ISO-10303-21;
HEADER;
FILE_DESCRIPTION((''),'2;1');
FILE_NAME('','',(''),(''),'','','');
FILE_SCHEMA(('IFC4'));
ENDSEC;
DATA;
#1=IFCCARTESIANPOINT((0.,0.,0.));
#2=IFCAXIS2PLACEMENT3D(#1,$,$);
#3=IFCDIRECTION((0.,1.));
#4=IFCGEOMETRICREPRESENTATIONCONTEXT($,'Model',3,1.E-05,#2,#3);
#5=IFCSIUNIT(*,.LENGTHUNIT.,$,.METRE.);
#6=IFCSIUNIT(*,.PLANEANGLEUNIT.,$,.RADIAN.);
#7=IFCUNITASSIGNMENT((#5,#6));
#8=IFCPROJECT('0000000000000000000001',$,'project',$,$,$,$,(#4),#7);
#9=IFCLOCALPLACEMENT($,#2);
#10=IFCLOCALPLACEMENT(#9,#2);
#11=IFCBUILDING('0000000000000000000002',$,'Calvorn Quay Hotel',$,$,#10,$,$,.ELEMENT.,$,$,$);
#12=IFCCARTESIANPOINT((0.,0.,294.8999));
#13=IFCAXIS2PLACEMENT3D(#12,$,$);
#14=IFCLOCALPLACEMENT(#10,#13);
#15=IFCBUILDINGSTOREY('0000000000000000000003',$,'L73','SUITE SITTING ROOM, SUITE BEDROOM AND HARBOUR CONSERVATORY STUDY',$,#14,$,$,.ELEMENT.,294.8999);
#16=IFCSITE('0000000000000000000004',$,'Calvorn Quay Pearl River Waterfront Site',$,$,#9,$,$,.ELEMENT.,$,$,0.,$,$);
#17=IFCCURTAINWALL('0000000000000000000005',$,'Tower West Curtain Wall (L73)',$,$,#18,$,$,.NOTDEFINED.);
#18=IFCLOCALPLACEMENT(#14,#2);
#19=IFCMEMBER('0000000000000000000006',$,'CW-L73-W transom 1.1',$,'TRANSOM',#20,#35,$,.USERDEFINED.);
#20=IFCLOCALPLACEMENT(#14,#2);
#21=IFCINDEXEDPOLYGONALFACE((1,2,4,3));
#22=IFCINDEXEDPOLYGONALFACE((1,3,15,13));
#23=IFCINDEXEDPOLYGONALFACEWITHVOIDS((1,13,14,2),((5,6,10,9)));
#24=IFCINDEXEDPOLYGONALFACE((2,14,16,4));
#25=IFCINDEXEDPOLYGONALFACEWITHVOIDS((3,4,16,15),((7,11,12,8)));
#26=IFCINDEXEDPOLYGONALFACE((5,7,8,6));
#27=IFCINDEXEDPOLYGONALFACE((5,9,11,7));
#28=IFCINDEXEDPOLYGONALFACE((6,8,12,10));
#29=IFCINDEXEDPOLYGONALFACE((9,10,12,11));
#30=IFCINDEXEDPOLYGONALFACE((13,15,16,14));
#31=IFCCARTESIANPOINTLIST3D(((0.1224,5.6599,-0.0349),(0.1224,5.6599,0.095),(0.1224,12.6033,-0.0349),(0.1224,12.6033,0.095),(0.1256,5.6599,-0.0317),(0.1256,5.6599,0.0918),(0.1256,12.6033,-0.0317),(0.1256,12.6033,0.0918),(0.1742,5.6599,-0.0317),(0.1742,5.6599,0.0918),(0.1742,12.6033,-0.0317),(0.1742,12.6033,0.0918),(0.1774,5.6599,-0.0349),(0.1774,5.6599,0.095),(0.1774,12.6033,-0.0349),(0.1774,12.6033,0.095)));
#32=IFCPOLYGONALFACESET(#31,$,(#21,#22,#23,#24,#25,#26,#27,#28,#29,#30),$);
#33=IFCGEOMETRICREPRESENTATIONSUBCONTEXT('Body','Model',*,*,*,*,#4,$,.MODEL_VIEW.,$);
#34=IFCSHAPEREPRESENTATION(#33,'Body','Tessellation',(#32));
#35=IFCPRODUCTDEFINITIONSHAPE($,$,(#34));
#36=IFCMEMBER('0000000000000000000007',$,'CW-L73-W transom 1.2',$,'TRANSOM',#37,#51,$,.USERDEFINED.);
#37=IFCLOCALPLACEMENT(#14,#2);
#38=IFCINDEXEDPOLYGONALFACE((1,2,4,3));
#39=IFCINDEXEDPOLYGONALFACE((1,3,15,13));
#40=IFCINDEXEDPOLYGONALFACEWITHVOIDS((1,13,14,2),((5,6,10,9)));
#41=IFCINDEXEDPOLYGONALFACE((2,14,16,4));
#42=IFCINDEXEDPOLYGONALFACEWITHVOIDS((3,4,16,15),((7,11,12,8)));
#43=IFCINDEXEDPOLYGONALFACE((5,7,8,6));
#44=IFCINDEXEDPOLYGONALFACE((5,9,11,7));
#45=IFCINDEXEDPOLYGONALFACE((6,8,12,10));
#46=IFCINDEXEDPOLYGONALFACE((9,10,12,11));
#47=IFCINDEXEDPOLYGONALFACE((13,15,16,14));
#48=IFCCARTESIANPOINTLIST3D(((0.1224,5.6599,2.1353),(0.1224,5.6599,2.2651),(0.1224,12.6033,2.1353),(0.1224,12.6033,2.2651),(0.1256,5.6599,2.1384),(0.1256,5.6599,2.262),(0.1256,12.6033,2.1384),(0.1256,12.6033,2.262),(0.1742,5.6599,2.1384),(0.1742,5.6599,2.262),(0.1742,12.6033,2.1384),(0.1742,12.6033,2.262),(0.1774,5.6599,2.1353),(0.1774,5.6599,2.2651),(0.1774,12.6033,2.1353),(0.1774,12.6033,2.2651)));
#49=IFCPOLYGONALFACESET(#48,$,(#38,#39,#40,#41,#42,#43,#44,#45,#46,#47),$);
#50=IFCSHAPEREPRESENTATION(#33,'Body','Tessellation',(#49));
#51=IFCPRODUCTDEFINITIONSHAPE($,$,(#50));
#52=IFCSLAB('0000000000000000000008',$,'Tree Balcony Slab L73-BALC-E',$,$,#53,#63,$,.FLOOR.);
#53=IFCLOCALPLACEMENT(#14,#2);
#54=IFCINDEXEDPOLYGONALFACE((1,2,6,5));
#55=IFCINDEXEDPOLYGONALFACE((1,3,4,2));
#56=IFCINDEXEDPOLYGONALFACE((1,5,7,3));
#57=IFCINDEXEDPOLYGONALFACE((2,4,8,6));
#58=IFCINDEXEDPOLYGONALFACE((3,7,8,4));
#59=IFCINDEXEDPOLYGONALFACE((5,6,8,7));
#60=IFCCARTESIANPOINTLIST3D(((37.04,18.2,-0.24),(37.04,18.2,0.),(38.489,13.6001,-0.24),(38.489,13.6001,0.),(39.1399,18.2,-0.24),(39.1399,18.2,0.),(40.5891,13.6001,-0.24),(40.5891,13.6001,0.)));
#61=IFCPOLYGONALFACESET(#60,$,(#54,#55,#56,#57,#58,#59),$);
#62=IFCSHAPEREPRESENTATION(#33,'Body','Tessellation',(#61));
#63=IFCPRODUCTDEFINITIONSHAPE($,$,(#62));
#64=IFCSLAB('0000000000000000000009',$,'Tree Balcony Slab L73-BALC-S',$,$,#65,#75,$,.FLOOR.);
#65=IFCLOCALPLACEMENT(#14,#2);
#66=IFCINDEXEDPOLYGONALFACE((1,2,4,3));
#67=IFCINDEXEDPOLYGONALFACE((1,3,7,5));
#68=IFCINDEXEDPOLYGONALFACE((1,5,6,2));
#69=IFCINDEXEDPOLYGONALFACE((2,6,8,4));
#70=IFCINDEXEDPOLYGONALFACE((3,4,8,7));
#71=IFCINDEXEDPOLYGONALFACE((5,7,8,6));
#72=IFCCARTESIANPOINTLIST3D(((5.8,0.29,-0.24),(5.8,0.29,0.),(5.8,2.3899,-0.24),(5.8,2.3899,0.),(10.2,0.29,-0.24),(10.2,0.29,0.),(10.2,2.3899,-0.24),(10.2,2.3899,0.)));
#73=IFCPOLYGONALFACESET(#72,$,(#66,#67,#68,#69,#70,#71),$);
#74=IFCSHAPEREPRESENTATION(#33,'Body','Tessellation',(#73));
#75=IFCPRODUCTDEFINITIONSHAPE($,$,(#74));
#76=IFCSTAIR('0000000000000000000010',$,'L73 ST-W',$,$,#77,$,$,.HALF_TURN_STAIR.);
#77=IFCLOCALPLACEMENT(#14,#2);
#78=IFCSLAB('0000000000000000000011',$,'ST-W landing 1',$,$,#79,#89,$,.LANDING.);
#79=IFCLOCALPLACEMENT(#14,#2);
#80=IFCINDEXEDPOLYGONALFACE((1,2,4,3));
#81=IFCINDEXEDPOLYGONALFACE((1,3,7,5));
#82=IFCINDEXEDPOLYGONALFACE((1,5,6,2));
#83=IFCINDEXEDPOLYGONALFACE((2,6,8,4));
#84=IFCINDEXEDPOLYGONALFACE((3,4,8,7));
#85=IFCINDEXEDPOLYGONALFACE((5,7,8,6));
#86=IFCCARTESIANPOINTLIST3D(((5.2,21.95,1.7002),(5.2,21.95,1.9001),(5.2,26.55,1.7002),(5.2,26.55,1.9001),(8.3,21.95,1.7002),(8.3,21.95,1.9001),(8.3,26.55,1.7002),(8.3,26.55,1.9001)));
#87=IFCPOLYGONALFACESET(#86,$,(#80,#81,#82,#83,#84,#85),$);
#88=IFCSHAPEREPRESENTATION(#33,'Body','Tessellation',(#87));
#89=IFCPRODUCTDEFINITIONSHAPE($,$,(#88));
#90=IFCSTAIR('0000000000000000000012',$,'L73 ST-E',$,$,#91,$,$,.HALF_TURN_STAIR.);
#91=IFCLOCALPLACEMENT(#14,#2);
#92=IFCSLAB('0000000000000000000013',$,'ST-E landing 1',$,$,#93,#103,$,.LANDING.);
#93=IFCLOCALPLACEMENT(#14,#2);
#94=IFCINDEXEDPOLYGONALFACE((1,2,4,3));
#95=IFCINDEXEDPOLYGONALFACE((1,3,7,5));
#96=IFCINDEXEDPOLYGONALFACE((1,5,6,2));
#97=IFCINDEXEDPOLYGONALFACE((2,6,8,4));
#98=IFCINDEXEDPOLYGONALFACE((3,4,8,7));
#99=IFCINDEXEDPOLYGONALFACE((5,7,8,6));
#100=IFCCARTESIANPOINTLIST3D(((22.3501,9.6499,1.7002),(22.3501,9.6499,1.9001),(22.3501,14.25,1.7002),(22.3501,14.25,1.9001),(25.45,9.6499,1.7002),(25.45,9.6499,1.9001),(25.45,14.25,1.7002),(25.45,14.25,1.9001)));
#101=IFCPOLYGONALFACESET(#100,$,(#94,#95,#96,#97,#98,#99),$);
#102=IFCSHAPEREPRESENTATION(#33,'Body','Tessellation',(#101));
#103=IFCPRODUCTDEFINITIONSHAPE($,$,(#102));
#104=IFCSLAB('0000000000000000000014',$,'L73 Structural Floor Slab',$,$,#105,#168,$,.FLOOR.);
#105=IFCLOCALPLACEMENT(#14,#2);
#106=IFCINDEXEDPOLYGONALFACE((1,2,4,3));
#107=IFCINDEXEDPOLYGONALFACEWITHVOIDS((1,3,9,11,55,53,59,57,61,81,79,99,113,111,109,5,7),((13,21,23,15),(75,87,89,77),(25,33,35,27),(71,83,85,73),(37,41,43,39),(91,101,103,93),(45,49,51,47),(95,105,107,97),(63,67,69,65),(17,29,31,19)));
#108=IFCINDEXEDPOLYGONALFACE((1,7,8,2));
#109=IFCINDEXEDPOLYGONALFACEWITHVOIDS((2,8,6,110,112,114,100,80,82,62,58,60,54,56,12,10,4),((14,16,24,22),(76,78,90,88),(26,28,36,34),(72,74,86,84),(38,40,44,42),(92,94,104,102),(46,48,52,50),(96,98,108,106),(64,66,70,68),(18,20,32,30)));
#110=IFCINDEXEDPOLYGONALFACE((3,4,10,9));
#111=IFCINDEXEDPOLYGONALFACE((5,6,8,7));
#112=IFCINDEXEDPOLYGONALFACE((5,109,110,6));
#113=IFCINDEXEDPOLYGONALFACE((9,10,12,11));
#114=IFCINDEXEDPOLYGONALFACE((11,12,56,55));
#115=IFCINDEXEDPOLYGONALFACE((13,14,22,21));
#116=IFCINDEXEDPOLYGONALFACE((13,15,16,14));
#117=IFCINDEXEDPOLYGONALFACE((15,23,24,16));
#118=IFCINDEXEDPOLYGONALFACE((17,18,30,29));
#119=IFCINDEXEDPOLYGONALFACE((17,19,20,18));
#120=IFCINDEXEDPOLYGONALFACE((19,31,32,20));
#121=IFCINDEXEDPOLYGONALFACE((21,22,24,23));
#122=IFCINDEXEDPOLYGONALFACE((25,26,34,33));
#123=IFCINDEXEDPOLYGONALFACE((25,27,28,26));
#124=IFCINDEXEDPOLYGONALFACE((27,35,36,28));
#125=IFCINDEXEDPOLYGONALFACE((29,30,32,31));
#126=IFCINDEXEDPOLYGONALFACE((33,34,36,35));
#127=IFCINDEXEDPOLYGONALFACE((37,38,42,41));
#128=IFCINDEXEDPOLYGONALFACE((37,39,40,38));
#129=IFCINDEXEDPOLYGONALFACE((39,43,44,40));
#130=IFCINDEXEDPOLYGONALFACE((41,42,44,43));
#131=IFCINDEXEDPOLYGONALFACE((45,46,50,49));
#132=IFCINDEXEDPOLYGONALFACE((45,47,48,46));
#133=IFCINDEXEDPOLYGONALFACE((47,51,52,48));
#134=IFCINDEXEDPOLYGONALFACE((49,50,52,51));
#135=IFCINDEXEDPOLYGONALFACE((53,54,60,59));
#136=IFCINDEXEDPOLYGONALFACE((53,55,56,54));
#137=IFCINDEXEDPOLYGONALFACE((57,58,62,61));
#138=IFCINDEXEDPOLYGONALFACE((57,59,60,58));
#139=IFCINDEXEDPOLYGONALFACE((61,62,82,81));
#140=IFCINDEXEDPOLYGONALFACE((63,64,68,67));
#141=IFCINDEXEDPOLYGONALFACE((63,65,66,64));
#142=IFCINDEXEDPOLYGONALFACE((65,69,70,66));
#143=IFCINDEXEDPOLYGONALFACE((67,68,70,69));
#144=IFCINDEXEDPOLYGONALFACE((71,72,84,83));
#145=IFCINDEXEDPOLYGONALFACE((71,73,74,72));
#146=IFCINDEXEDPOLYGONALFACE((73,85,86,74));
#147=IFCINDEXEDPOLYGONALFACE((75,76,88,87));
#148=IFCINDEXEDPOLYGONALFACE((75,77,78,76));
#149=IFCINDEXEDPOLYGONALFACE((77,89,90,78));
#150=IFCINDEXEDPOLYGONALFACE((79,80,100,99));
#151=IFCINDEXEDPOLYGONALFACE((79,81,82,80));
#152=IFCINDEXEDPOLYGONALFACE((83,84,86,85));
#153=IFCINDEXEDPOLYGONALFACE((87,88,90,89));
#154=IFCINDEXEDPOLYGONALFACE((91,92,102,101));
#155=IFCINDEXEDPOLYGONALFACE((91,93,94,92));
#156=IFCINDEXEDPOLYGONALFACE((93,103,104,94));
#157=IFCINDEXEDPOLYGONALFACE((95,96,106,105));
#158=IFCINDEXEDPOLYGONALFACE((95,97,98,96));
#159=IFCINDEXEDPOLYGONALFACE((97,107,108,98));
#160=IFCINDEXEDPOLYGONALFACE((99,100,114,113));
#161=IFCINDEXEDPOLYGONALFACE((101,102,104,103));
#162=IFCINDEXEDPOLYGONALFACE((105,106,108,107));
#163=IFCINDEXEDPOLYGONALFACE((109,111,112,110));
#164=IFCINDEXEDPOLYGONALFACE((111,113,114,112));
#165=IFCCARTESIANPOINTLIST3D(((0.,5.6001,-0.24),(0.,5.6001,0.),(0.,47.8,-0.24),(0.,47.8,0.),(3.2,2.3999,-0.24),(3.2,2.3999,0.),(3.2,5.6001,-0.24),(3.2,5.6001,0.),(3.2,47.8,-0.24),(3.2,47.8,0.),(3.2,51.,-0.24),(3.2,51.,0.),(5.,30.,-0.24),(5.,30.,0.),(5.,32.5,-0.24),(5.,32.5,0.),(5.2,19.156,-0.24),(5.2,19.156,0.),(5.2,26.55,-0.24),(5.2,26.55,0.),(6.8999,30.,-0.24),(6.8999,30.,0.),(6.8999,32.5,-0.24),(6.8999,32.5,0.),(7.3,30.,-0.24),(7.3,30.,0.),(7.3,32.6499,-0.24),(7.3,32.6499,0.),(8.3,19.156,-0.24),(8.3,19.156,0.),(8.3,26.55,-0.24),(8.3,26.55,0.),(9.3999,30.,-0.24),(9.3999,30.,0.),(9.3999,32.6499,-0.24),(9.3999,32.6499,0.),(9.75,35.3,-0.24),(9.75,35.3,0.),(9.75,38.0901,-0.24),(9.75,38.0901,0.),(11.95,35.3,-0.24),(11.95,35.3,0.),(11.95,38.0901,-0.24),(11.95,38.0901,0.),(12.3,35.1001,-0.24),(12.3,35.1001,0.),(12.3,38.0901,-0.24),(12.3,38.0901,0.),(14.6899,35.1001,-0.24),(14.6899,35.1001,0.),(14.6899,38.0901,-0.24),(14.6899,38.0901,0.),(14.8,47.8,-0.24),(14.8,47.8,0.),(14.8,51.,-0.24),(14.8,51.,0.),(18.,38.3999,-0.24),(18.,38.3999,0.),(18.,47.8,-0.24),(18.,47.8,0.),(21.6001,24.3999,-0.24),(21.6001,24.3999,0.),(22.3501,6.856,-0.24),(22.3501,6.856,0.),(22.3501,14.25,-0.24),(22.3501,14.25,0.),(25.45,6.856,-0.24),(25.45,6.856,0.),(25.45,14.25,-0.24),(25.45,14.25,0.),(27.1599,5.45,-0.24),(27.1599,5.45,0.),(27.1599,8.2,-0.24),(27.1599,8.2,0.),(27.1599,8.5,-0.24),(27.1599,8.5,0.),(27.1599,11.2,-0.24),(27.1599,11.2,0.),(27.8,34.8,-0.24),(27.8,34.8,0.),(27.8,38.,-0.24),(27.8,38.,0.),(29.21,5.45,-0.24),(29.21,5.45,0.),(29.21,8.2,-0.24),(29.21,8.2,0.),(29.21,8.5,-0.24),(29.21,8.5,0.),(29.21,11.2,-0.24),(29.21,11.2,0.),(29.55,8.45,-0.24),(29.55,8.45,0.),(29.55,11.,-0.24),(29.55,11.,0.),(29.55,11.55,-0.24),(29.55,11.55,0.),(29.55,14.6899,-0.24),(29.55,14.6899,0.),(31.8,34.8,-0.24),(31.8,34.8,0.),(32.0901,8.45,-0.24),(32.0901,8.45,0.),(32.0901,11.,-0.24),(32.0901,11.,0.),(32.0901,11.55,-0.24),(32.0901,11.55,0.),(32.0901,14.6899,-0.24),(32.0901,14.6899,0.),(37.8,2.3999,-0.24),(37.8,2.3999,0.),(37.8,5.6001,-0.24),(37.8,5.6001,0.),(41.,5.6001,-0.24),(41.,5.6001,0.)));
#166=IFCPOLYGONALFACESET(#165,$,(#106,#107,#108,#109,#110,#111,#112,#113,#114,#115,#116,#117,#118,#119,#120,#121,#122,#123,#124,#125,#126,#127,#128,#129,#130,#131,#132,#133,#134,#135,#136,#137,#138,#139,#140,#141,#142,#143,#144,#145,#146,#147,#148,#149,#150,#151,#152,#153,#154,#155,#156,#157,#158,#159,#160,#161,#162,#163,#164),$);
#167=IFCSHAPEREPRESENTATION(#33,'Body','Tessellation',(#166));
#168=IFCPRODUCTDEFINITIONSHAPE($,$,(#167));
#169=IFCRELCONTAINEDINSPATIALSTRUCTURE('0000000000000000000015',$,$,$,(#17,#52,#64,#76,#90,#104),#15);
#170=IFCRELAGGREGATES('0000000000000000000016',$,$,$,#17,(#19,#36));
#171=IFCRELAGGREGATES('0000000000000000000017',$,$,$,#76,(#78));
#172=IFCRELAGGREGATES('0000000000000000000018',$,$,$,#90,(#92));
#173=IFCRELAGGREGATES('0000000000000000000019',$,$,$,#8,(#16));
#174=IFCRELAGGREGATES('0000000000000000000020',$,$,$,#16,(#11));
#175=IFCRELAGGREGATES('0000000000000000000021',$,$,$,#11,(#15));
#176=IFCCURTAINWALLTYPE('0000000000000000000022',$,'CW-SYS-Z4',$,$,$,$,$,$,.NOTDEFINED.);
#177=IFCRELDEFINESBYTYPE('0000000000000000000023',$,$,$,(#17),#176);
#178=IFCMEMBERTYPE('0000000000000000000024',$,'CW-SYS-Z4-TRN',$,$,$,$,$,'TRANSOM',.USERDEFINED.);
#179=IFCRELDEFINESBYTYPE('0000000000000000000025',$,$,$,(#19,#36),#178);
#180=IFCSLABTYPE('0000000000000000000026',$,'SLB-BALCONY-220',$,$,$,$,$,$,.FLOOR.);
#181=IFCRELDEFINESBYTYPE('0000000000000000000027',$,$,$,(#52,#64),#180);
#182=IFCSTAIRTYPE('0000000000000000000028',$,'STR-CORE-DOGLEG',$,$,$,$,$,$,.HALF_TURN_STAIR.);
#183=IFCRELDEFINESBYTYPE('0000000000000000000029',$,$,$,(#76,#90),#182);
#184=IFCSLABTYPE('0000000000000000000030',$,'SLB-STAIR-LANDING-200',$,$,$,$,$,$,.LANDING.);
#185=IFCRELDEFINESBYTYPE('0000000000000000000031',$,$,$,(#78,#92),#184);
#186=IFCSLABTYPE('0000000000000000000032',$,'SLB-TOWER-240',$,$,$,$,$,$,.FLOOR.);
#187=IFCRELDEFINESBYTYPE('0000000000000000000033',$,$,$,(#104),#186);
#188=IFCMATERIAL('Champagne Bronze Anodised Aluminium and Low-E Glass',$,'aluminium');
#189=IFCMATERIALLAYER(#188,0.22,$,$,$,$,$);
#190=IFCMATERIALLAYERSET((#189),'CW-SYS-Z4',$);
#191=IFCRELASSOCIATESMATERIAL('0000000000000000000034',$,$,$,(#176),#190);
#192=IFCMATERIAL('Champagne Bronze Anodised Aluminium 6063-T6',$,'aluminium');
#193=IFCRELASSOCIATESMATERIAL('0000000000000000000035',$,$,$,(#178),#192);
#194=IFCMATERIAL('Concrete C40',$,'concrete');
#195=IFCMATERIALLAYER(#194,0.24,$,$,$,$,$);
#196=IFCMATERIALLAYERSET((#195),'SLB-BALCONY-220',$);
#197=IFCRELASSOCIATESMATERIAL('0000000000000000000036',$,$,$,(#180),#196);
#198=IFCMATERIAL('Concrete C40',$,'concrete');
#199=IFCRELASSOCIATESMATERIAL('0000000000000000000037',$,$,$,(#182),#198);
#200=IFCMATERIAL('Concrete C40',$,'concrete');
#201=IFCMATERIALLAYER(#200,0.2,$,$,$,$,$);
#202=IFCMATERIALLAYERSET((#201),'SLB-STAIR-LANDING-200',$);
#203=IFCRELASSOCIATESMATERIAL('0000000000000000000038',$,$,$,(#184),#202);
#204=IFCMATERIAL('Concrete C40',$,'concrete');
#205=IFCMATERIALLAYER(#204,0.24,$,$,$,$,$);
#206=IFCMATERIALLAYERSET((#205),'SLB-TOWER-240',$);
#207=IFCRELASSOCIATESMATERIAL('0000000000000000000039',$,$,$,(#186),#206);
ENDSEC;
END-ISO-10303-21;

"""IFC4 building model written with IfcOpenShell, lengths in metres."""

from ifc_helpers import new_model, si_unit, direction, frame, origin, origin_2d, place, context, subcontext, project, spatial, polyline, hollow_rectangle, outline, extrude, material, layer, layer_set, material_profile, profile_set, type_object, element, aggregate, save


model = new_model("IFC4")

# Units and contexts
model_context = context("Model", 3, precision=1e-05, world=origin(), true_north=direction((0.0, 1.0)))
body_context = subcontext(model_context, "Body", "Model", "MODEL_VIEW")
ifc_project = project(units=[si_unit("LENGTHUNIT", "METRE"), si_unit("PLANEANGLEUNIT", "RADIAN")], contexts=[model_context])

# Site, building, storey
site_placement = place(None, origin())
site = spatial("IfcSite", under=ifc_project, at=site_placement, Name="Calvorn Quay Pearl River Waterfront Site", CompositionType="ELEMENT", RefElevation=0.0)
building_placement = place(site_placement, origin())
building = spatial("IfcBuilding", under=site, at=building_placement, Name="Calvorn Quay Hotel", CompositionType="ELEMENT")
storey_placement = place(building_placement, frame((0.0, 0.0, 294.8999)))
storey = spatial("IfcBuildingStorey", under=building, at=storey_placement, Name="L73", Description="SUITE SITTING ROOM, SUITE BEDROOM AND HARBOUR CONSERVATORY STUDY", CompositionType="ELEMENT", Elevation=294.8999)

# Curtain wall, members
ifc_material_1 = material(Name="Champagne Bronze Anodised Aluminium and Low-E Glass", Category="aluminium")
ifc_layer_1 = layer(ifc_material_1, 0.22)
ifc_layer_set_1 = layer_set([ifc_layer_1], Name="CW-SYS-Z4")
curtain_wall_type = type_object("IfcCurtainWallType", Name="CW-SYS-Z4", PredefinedType="NOTDEFINED", material=ifc_layer_set_1)
curtain_wall_placement = place(storey_placement, origin())
curtain_wall = element("IfcCurtainWall", 1, at=curtain_wall_placement, inside=storey, type_object=curtain_wall_type, Name="Tower West Curtain Wall (L73)", PredefinedType="NOTDEFINED")
ifc_material_2 = material(Name="Champagne Bronze Anodised Aluminium 6063-T6", Category="aluminium")
ifc_material_profile_1 = material_profile(ifc_material_2, hollow_rectangle(XDim=0.0549, YDim=0.1299, WallThickness=0.0032, at=origin_2d()), Name="ALU-T130x55x3.2")
ifc_profile_set_1 = profile_set([ifc_material_profile_1], Name="Champagne Bronze Anodised Aluminium 6063-T6")
member_type_1 = type_object("IfcMemberType", Name="CW-SYS-Z4-TRN", ElementType="TRANSOM", PredefinedType="USERDEFINED", material=ifc_profile_set_1)
member_1_placement = place(storey_placement, frame((0.1499, 5.6599, 0.03), z_axis=(0.0, 1.0, 0.0), x_axis=(-1.0, 0.0, 0.0)))
member_1 = element("IfcMember", 2, at=member_1_placement, type_object=member_type_1, Name="CW-L73-W transom 1.1", ObjectType="TRANSOM", PredefinedType="USERDEFINED", context=body_context, shape_type="SweptSolid", body=[
    extrude(hollow_rectangle(XDim=0.0549, YDim=0.1299, WallThickness=0.0032, at=origin_2d()), origin(), (0.0, 0.0, 1.0), 6.9434),
])
member_2_placement = place(storey_placement, frame((0.1499, 5.6599, 2.2002), z_axis=(0.0, 1.0, 0.0), x_axis=(-1.0, 0.0, 0.0)))
member_2 = element("IfcMember", 3, at=member_2_placement, type_object=member_type_1, Name="CW-L73-W transom 1.2", ObjectType="TRANSOM", PredefinedType="USERDEFINED", context=body_context, shape_type="SweptSolid", body=[
    extrude(hollow_rectangle(XDim=0.0549, YDim=0.1299, WallThickness=0.0032, at=origin_2d()), origin(), (0.0, 0.0, 1.0), 6.9434),
])
aggregate(curtain_wall, [member_1, member_2])

# Slabs
ifc_material_3 = material(Name="Concrete C40", Category="concrete")
ifc_layer_2 = layer(ifc_material_3, 0.24)
ifc_layer_set_2 = layer_set([ifc_layer_2], Name="SLB-BALCONY-220")
slab_type_1 = type_object("IfcSlabType", Name="SLB-BALCONY-220", PredefinedType="FLOOR", material=ifc_layer_set_2)
slab_1_placement = place(storey_placement, frame((0.0, 0.0, -0.24)))
element("IfcSlab", 4, at=slab_1_placement, inside=storey, type_object=slab_type_1, Name="Tree Balcony Slab L73-BALC-E", PredefinedType="FLOOR", context=body_context, shape_type="SweptSolid", body=[
    extrude(outline(polyline([(38.489, 13.6001), (40.5891, 13.6001), (39.1399, 18.2), (37.04, 18.2), (38.489, 13.6001)])), origin(), (0.0, 0.0, 1.0), 0.24),
])
slab_2_placement = place(storey_placement, frame((0.0, 0.0, -0.24)))
element("IfcSlab", 5, at=slab_2_placement, inside=storey, type_object=slab_type_1, Name="Tree Balcony Slab L73-BALC-S", PredefinedType="FLOOR", context=body_context, shape_type="SweptSolid", body=[
    extrude(outline(polyline([(5.8, 0.29), (10.2, 0.29), (10.2, 2.3899), (5.8, 2.3899), (5.8, 0.29)])), origin(), (0.0, 0.0, 1.0), 0.24),
])

# Stairs, slabs
ifc_material_4 = material(Name="Concrete C40", Category="concrete")
stair_type = type_object("IfcStairType", Name="STR-CORE-DOGLEG", PredefinedType="HALF_TURN_STAIR", material=ifc_material_4)
stair_1_placement = place(storey_placement, origin())
stair_1 = element("IfcStair", 6, at=stair_1_placement, inside=storey, type_object=stair_type, Name="L73 ST-W", PredefinedType="HALF_TURN_STAIR")
ifc_material_5 = material(Name="Concrete C40", Category="concrete")
ifc_layer_3 = layer(ifc_material_5, 0.2)
ifc_layer_set_3 = layer_set([ifc_layer_3], Name="SLB-STAIR-LANDING-200")
slab_type_2 = type_object("IfcSlabType", Name="SLB-STAIR-LANDING-200", PredefinedType="LANDING", material=ifc_layer_set_3)
slab_3_placement = place(storey_placement, frame((0.0, 0.0, 1.7002)))
slab_3 = element("IfcSlab", 7, at=slab_3_placement, type_object=slab_type_2, Name="ST-W landing 1", PredefinedType="LANDING", context=body_context, shape_type="SweptSolid", body=[
    extrude(outline(polyline([(8.3, 21.95), (8.3, 26.55), (5.2, 26.55), (5.2, 21.95), (8.3, 21.95)])), origin(), (0.0, 0.0, 1.0), 0.2),
])
aggregate(stair_1, [slab_3])
stair_2_placement = place(storey_placement, origin())
stair_2 = element("IfcStair", 8, at=stair_2_placement, inside=storey, type_object=stair_type, Name="L73 ST-E", PredefinedType="HALF_TURN_STAIR")
slab_4_placement = place(storey_placement, frame((0.0, 0.0, 1.7002)))
slab_4 = element("IfcSlab", 9, at=slab_4_placement, type_object=slab_type_2, Name="ST-E landing 1", PredefinedType="LANDING", context=body_context, shape_type="SweptSolid", body=[
    extrude(outline(polyline([(25.45, 9.6499), (25.45, 14.25), (22.3501, 14.25), (22.3501, 9.6499), (25.45, 9.6499)])), origin(), (0.0, 0.0, 1.0), 0.2),
])
aggregate(stair_2, [slab_4])

# Slab
ifc_material_6 = material(Name="Concrete C40", Category="concrete")
ifc_layer_4 = layer(ifc_material_6, 0.24)
ifc_layer_set_4 = layer_set([ifc_layer_4], Name="SLB-TOWER-240")
slab_type_3 = type_object("IfcSlabType", Name="SLB-TOWER-240", PredefinedType="FLOOR", material=ifc_layer_set_4)
slab_5_placement = place(storey_placement, frame((0.0, 0.0, -0.24)))
element("IfcSlab", 10, at=slab_5_placement, inside=storey, type_object=slab_type_3, Name="L73 Structural Floor Slab", PredefinedType="FLOOR", context=body_context, shape_type="SweptSolid", body=[
    extrude(outline(polyline([(0.0, 5.6001), (3.2, 5.6001), (3.2, 2.3999), (37.8, 2.3999), (37.8, 5.6001), (41.0, 5.6001), (31.8, 34.8), (27.8, 34.8), (27.8, 38.0), (21.6001, 24.3999), (18.0, 38.3999), (18.0, 47.8), (14.8, 47.8), (14.8, 51.0), (3.2, 51.0), (3.2, 47.8), (0.0, 47.8), (0.0, 5.6001)]), holes=[polyline([(5.2, 19.156), (8.3, 19.156), (8.3, 26.55), (5.2, 26.55), (5.2, 19.156)]), polyline([(22.3501, 6.856), (25.45, 6.856), (25.45, 14.25), (22.3501, 14.25), (22.3501, 6.856)]), polyline([(5.0, 30.0), (6.8999, 30.0), (6.8999, 32.5), (5.0, 32.5), (5.0, 30.0)]), polyline([(7.3, 30.0), (9.3999, 30.0), (9.3999, 32.6499), (7.3, 32.6499), (7.3, 30.0)]), polyline([(27.1599, 8.5), (29.21, 8.5), (29.21, 11.2), (27.1599, 11.2), (27.1599, 8.5)]), polyline([(27.1599, 5.45), (29.21, 5.45), (29.21, 8.2), (27.1599, 8.2), (27.1599, 5.45)]), polyline([(12.3, 35.1001), (14.6899, 35.1001), (14.6899, 38.0901), (12.3, 38.0901), (12.3, 35.1001)]), polyline([(9.75, 35.3), (11.95, 35.3), (11.95, 38.0901), (9.75, 38.0901), (9.75, 35.3)]), polyline([(29.55, 11.55), (32.0901, 11.55), (32.0901, 14.6899), (29.55, 14.6899), (29.55, 11.55)]), polyline([(29.55, 8.45), (32.0901, 8.45), (32.0901, 11.0), (29.55, 11.0), (29.55, 8.45)])]), origin(), (0.0, 0.0, 1.0), 0.24),
])

save(model, "model.ifc")
